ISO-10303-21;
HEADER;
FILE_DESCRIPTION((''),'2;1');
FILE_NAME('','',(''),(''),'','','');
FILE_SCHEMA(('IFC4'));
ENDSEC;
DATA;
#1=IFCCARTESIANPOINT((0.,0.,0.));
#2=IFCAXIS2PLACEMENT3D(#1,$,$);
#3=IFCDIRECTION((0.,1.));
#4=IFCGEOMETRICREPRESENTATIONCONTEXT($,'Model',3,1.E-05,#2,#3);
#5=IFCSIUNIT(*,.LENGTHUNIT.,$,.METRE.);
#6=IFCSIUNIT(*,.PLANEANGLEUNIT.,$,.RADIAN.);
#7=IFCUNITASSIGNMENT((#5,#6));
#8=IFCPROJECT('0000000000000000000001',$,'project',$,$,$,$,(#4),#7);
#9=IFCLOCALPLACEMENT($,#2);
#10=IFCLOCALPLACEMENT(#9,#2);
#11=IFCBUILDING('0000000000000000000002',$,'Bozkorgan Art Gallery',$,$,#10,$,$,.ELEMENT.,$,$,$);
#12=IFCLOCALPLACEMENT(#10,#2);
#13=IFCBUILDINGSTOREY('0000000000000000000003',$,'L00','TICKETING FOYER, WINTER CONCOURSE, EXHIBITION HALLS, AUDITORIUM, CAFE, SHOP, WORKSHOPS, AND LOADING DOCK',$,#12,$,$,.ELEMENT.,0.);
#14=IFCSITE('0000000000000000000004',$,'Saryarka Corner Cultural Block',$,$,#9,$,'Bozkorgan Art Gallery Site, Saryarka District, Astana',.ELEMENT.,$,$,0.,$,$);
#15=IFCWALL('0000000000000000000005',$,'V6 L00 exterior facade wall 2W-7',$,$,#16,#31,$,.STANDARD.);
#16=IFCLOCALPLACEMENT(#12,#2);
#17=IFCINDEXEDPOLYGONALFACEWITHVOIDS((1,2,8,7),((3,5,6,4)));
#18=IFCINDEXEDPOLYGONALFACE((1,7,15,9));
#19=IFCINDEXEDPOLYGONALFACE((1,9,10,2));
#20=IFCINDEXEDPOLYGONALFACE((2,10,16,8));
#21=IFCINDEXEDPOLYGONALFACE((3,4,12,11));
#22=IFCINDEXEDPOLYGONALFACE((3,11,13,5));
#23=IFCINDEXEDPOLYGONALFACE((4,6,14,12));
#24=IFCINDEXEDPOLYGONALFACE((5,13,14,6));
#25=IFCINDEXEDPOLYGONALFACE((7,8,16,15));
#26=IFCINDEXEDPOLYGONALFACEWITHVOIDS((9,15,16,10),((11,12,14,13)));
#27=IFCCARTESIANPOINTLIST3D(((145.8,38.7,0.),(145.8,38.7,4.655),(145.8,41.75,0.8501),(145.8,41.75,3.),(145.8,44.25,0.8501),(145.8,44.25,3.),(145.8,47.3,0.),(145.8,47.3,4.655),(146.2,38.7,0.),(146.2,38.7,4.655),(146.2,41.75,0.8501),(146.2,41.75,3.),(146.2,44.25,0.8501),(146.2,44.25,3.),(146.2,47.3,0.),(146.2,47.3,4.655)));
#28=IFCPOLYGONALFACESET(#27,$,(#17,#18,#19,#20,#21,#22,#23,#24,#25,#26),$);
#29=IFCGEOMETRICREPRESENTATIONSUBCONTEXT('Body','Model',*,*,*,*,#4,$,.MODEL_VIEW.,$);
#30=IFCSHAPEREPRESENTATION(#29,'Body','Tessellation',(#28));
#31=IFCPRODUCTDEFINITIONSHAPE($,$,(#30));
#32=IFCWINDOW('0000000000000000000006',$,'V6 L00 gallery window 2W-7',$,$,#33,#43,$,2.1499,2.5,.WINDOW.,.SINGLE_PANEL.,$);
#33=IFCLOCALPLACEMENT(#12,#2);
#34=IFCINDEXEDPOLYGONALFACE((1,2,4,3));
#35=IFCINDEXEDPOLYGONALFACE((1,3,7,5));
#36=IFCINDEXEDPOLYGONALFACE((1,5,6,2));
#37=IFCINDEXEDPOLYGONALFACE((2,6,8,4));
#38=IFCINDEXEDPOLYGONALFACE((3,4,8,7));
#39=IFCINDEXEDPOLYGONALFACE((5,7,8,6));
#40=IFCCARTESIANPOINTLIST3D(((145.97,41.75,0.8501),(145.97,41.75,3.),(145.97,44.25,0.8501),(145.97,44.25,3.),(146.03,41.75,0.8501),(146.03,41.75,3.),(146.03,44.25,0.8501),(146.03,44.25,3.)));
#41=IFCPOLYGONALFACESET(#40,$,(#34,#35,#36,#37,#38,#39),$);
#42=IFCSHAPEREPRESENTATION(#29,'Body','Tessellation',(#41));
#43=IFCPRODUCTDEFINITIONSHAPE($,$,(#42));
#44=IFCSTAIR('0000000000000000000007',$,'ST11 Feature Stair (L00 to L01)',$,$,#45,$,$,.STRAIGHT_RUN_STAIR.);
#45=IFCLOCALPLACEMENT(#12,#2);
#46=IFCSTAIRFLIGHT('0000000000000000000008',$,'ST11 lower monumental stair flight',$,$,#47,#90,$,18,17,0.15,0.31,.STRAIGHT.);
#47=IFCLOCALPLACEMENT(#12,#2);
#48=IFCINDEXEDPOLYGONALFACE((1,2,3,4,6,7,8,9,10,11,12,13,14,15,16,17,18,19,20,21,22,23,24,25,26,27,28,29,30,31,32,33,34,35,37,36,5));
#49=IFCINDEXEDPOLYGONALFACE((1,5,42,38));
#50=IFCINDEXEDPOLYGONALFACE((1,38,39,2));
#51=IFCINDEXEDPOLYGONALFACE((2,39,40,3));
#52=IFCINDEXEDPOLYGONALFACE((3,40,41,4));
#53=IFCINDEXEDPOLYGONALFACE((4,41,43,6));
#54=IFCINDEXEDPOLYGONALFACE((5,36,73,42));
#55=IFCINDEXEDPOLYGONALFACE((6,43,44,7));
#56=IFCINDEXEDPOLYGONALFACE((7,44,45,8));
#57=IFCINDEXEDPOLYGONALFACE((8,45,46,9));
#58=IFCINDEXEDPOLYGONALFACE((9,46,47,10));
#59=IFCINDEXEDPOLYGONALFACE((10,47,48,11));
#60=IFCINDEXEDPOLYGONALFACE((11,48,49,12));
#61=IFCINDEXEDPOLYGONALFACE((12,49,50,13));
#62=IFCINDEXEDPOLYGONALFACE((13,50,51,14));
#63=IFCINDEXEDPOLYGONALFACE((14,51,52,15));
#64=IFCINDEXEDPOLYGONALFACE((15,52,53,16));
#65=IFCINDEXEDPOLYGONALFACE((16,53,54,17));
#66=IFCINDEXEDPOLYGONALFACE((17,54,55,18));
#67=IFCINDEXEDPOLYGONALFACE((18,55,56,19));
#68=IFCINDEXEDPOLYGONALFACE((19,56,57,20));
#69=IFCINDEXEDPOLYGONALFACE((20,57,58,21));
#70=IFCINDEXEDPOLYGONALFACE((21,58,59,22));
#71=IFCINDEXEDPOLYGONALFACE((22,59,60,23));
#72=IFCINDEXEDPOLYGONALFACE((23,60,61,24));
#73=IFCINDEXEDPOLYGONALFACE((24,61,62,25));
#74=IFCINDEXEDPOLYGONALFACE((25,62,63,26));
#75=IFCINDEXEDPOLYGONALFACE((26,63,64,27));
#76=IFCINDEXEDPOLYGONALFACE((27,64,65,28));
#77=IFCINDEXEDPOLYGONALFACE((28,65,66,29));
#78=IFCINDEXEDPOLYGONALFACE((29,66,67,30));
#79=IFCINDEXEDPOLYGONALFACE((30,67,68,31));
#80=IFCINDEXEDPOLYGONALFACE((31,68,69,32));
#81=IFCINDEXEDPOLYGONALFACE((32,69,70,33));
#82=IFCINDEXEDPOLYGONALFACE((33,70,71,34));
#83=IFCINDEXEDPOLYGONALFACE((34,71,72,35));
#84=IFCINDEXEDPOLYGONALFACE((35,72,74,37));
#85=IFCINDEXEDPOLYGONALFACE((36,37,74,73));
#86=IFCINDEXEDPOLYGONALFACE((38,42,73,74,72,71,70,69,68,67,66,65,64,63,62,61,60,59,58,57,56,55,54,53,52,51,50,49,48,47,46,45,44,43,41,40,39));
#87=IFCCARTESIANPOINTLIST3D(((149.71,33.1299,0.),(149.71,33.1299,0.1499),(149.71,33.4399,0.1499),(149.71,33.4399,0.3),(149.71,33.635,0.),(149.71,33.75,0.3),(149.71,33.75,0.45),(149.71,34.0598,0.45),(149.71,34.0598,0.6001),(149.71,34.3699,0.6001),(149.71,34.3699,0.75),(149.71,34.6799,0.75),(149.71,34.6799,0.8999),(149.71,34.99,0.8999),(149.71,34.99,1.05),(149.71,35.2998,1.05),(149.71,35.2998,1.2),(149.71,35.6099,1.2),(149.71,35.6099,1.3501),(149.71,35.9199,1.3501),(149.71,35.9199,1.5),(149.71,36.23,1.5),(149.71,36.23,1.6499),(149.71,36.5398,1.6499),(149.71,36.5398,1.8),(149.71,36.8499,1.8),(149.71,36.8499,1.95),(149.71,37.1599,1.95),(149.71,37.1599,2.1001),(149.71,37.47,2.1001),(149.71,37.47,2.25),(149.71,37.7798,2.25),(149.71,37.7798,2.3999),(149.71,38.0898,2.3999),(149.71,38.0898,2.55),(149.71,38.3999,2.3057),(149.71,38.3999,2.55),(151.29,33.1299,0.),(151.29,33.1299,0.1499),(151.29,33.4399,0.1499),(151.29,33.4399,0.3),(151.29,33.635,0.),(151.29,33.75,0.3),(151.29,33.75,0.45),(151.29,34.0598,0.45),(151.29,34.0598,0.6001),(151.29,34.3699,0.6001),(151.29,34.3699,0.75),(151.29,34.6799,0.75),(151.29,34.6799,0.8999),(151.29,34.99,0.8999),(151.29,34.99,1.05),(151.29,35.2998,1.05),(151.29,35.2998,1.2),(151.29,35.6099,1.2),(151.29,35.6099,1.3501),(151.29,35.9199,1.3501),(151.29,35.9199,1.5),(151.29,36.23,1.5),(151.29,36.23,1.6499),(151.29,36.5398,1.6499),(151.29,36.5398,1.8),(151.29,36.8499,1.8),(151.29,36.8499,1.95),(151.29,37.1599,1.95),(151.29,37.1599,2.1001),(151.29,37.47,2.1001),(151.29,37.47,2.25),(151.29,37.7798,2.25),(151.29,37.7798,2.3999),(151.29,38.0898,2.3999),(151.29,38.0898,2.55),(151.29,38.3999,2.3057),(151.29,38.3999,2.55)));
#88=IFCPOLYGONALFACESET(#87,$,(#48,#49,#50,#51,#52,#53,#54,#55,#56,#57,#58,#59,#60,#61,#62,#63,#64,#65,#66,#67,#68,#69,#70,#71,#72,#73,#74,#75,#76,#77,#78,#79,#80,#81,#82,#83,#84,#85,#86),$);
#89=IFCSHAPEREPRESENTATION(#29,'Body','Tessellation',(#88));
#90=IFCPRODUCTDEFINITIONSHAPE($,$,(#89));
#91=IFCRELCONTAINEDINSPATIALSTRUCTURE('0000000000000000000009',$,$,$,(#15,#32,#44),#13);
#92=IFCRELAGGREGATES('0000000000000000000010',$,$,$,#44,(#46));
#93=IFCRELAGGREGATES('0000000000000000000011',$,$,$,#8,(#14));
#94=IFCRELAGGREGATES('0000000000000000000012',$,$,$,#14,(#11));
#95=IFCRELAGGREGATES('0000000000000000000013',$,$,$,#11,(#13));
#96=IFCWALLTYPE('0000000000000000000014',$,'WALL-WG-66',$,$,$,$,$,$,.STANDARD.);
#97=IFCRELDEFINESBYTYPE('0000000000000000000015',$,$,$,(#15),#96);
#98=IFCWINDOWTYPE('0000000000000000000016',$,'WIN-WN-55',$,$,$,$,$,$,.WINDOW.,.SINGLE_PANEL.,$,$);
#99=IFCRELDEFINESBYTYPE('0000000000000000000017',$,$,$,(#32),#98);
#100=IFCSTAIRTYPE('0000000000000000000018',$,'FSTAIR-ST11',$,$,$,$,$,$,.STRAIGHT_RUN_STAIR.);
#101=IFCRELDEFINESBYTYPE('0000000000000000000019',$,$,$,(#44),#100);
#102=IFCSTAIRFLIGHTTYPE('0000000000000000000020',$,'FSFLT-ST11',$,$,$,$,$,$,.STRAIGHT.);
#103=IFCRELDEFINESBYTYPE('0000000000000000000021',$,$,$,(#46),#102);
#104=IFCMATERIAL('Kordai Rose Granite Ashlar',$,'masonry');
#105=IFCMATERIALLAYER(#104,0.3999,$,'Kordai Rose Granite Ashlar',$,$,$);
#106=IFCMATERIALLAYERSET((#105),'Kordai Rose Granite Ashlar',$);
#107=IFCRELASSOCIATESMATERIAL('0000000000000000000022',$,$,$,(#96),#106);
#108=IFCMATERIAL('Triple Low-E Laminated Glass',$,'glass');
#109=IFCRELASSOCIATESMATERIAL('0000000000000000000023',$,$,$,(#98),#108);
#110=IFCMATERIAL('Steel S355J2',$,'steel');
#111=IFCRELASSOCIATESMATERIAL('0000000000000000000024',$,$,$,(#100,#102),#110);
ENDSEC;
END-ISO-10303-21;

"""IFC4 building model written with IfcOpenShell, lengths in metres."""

from ifc_helpers import new_model, si_unit, direction, frame, frame_2d, origin, place, context, subcontext, project, spatial, polyline, rectangle, outline, extrude, material, layer, layer_set, type_object, element, fill, aggregate, save


model = new_model("IFC4")

# Units and contexts
model_context = context("Model", 3, precision=1e-05, world=origin(), true_north=direction((0.0, 1.0)))
body_context = subcontext(model_context, "Body", "Model", "MODEL_VIEW")
ifc_project = project(units=[si_unit("LENGTHUNIT", "METRE"), si_unit("PLANEANGLEUNIT", "RADIAN")], contexts=[model_context])

# Site, building, storey
site_placement = place(None, origin())
site = spatial("IfcSite", under=ifc_project, at=site_placement, Name="Saryarka Corner Cultural Block", LongName="Bozkorgan Art Gallery Site, Saryarka District, Astana", CompositionType="ELEMENT", RefElevation=0.0)
building_placement = place(site_placement, origin())
building = spatial("IfcBuilding", under=site, at=building_placement, Name="Bozkorgan Art Gallery", CompositionType="ELEMENT")
storey_placement = place(building_placement, origin())
storey = spatial("IfcBuildingStorey", under=building, at=storey_placement, Name="L00", Description="TICKETING FOYER, WINTER CONCOURSE, EXHIBITION HALLS, AUDITORIUM, CAFE, SHOP, WORKSHOPS, AND LOADING DOCK", CompositionType="ELEMENT", Elevation=0.0)

# Shared definitions
ifc_material_1 = material(Name="Steel S355J2", Category="steel")

# Wall, opening, window
ifc_material_2 = material(Name="Kordai Rose Granite Ashlar", Category="masonry")
ifc_layer = layer(ifc_material_2, 0.3999, Name="Kordai Rose Granite Ashlar")
ifc_layer_set = layer_set([ifc_layer], Name="Kordai Rose Granite Ashlar")
wall_type = type_object("IfcWallType", Name="WALL-WG-66", PredefinedType="STANDARD", material=ifc_layer_set)
wall_placement = place(storey_placement, frame((146.0, 38.7, 0.0), z_axis=(0.0, 0.0, 1.0), x_axis=(0.0, 1.0, 0.0)))
wall = element("IfcWall", 1, at=wall_placement, inside=storey, type_object=wall_type, Name="V6 L00 exterior facade wall 2W-7", PredefinedType="STANDARD", context=body_context, shape_type="SweptSolid", body=[
    extrude(rectangle(XDim=8.6001, YDim=0.3999, at=frame_2d((4.3, 0.0))), origin(), (0.0, 0.0, 1.0), 4.655),
])
opening_placement = place(wall_placement, frame((3.05, 0.0, 0.8501)))
opening = element("IfcOpeningElement", 2, at=opening_placement, cuts=wall, PredefinedType="OPENING", context=body_context, shape_type="SweptSolid", body=[
    extrude(rectangle(XDim=2.5, YDim=2.1499, at=frame_2d((1.25, 1.075))), frame((0.0, 0.21, 0.0), z_axis=(0.0, -1.0, 0.0), x_axis=(1.0, 0.0, 0.0)), (0.0, 0.0, 1.0), 0.4199),
])
ifc_material_3 = material(Name="Triple Low-E Laminated Glass", Category="glass")
window_type = type_object("IfcWindowType", Name="WIN-WN-55", PartitioningType="SINGLE_PANEL", PredefinedType="WINDOW", material=ifc_material_3)
window_placement = place(opening_placement, origin())
window = element("IfcWindow", 3, at=window_placement, inside=storey, type_object=window_type, Name="V6 L00 gallery window 2W-7", OverallHeight=2.1499, OverallWidth=2.5, PartitioningType="SINGLE_PANEL", PredefinedType="WINDOW", context=body_context, shape_type="SweptSolid", body=[
    extrude(rectangle(XDim=2.5, YDim=2.1499, at=frame_2d((1.25, 1.075))), frame((0.0, 0.03, 0.0), z_axis=(0.0, -1.0, 0.0), x_axis=(1.0, 0.0, 0.0)), (0.0, 0.0, 1.0), 0.0601),
])
fill(opening, window)

# Stair, stair flight
stair_type = type_object("IfcStairType", Name="FSTAIR-ST11", PredefinedType="STRAIGHT_RUN_STAIR", material=ifc_material_1)
stair_placement = place(storey_placement, origin())
stair = element("IfcStair", 4, at=stair_placement, inside=storey, type_object=stair_type, Name="ST11 Feature Stair (L00 to L01)", PredefinedType="STRAIGHT_RUN_STAIR")
stair_flight_type = type_object("IfcStairFlightType", Name="FSFLT-ST11", PredefinedType="STRAIGHT", material=ifc_material_1)
stair_flight_placement = place(storey_placement, frame((150.5, 33.1299, 0.0), z_axis=(0.0, 0.0, 1.0), x_axis=(0.0, 1.0, 0.0)))
stair_flight = element("IfcStairFlight", 5, at=stair_flight_placement, type_object=stair_flight_type, Name="ST11 lower monumental stair flight", NumberOfRisers=18, NumberOfTreads=17, PredefinedType="STRAIGHT", RiserHeight=0.15, TreadLength=0.31, context=body_context, shape_type="SweptSolid", body=[
    extrude(outline(polyline([(0.0, 0.0), (0.0, 0.1499), (0.3101, 0.1499), (0.3101, 0.3), (0.6201, 0.3), (0.6201, 0.45), (0.9299, 0.45), (0.9299, 0.6001), (1.24, 0.6001), (1.24, 0.75), (1.55, 0.75), (1.55, 0.8999), (1.8601, 0.8999), (1.8601, 1.05), (2.1699, 1.05), (2.1699, 1.2), (2.48, 1.2), (2.48, 1.3501), (2.79, 1.3501), (2.79, 1.5), (3.1001, 1.5), (3.1001, 1.6499), (3.4099, 1.6499), (3.4099, 1.8), (3.72, 1.8), (3.72, 1.95), (4.03, 1.95), (4.03, 2.1001), (4.3401, 2.1001), (4.3401, 2.25), (4.6499, 2.25), (4.6499, 2.3999), (4.96, 2.3999), (4.96, 2.55), (5.27, 2.55), (5.27, 2.7), (5.27, 2.3057), (0.5051, 0.0), (0.0, 0.0)])), frame((0.0, 0.79, 0.0), z_axis=(0.0, -1.0, 0.0), x_axis=(1.0, 0.0, 0.0)), (0.0, 0.0, 1.0), 1.5801),
])
aggregate(stair, [stair_flight])

save(model, "model.ifc")
